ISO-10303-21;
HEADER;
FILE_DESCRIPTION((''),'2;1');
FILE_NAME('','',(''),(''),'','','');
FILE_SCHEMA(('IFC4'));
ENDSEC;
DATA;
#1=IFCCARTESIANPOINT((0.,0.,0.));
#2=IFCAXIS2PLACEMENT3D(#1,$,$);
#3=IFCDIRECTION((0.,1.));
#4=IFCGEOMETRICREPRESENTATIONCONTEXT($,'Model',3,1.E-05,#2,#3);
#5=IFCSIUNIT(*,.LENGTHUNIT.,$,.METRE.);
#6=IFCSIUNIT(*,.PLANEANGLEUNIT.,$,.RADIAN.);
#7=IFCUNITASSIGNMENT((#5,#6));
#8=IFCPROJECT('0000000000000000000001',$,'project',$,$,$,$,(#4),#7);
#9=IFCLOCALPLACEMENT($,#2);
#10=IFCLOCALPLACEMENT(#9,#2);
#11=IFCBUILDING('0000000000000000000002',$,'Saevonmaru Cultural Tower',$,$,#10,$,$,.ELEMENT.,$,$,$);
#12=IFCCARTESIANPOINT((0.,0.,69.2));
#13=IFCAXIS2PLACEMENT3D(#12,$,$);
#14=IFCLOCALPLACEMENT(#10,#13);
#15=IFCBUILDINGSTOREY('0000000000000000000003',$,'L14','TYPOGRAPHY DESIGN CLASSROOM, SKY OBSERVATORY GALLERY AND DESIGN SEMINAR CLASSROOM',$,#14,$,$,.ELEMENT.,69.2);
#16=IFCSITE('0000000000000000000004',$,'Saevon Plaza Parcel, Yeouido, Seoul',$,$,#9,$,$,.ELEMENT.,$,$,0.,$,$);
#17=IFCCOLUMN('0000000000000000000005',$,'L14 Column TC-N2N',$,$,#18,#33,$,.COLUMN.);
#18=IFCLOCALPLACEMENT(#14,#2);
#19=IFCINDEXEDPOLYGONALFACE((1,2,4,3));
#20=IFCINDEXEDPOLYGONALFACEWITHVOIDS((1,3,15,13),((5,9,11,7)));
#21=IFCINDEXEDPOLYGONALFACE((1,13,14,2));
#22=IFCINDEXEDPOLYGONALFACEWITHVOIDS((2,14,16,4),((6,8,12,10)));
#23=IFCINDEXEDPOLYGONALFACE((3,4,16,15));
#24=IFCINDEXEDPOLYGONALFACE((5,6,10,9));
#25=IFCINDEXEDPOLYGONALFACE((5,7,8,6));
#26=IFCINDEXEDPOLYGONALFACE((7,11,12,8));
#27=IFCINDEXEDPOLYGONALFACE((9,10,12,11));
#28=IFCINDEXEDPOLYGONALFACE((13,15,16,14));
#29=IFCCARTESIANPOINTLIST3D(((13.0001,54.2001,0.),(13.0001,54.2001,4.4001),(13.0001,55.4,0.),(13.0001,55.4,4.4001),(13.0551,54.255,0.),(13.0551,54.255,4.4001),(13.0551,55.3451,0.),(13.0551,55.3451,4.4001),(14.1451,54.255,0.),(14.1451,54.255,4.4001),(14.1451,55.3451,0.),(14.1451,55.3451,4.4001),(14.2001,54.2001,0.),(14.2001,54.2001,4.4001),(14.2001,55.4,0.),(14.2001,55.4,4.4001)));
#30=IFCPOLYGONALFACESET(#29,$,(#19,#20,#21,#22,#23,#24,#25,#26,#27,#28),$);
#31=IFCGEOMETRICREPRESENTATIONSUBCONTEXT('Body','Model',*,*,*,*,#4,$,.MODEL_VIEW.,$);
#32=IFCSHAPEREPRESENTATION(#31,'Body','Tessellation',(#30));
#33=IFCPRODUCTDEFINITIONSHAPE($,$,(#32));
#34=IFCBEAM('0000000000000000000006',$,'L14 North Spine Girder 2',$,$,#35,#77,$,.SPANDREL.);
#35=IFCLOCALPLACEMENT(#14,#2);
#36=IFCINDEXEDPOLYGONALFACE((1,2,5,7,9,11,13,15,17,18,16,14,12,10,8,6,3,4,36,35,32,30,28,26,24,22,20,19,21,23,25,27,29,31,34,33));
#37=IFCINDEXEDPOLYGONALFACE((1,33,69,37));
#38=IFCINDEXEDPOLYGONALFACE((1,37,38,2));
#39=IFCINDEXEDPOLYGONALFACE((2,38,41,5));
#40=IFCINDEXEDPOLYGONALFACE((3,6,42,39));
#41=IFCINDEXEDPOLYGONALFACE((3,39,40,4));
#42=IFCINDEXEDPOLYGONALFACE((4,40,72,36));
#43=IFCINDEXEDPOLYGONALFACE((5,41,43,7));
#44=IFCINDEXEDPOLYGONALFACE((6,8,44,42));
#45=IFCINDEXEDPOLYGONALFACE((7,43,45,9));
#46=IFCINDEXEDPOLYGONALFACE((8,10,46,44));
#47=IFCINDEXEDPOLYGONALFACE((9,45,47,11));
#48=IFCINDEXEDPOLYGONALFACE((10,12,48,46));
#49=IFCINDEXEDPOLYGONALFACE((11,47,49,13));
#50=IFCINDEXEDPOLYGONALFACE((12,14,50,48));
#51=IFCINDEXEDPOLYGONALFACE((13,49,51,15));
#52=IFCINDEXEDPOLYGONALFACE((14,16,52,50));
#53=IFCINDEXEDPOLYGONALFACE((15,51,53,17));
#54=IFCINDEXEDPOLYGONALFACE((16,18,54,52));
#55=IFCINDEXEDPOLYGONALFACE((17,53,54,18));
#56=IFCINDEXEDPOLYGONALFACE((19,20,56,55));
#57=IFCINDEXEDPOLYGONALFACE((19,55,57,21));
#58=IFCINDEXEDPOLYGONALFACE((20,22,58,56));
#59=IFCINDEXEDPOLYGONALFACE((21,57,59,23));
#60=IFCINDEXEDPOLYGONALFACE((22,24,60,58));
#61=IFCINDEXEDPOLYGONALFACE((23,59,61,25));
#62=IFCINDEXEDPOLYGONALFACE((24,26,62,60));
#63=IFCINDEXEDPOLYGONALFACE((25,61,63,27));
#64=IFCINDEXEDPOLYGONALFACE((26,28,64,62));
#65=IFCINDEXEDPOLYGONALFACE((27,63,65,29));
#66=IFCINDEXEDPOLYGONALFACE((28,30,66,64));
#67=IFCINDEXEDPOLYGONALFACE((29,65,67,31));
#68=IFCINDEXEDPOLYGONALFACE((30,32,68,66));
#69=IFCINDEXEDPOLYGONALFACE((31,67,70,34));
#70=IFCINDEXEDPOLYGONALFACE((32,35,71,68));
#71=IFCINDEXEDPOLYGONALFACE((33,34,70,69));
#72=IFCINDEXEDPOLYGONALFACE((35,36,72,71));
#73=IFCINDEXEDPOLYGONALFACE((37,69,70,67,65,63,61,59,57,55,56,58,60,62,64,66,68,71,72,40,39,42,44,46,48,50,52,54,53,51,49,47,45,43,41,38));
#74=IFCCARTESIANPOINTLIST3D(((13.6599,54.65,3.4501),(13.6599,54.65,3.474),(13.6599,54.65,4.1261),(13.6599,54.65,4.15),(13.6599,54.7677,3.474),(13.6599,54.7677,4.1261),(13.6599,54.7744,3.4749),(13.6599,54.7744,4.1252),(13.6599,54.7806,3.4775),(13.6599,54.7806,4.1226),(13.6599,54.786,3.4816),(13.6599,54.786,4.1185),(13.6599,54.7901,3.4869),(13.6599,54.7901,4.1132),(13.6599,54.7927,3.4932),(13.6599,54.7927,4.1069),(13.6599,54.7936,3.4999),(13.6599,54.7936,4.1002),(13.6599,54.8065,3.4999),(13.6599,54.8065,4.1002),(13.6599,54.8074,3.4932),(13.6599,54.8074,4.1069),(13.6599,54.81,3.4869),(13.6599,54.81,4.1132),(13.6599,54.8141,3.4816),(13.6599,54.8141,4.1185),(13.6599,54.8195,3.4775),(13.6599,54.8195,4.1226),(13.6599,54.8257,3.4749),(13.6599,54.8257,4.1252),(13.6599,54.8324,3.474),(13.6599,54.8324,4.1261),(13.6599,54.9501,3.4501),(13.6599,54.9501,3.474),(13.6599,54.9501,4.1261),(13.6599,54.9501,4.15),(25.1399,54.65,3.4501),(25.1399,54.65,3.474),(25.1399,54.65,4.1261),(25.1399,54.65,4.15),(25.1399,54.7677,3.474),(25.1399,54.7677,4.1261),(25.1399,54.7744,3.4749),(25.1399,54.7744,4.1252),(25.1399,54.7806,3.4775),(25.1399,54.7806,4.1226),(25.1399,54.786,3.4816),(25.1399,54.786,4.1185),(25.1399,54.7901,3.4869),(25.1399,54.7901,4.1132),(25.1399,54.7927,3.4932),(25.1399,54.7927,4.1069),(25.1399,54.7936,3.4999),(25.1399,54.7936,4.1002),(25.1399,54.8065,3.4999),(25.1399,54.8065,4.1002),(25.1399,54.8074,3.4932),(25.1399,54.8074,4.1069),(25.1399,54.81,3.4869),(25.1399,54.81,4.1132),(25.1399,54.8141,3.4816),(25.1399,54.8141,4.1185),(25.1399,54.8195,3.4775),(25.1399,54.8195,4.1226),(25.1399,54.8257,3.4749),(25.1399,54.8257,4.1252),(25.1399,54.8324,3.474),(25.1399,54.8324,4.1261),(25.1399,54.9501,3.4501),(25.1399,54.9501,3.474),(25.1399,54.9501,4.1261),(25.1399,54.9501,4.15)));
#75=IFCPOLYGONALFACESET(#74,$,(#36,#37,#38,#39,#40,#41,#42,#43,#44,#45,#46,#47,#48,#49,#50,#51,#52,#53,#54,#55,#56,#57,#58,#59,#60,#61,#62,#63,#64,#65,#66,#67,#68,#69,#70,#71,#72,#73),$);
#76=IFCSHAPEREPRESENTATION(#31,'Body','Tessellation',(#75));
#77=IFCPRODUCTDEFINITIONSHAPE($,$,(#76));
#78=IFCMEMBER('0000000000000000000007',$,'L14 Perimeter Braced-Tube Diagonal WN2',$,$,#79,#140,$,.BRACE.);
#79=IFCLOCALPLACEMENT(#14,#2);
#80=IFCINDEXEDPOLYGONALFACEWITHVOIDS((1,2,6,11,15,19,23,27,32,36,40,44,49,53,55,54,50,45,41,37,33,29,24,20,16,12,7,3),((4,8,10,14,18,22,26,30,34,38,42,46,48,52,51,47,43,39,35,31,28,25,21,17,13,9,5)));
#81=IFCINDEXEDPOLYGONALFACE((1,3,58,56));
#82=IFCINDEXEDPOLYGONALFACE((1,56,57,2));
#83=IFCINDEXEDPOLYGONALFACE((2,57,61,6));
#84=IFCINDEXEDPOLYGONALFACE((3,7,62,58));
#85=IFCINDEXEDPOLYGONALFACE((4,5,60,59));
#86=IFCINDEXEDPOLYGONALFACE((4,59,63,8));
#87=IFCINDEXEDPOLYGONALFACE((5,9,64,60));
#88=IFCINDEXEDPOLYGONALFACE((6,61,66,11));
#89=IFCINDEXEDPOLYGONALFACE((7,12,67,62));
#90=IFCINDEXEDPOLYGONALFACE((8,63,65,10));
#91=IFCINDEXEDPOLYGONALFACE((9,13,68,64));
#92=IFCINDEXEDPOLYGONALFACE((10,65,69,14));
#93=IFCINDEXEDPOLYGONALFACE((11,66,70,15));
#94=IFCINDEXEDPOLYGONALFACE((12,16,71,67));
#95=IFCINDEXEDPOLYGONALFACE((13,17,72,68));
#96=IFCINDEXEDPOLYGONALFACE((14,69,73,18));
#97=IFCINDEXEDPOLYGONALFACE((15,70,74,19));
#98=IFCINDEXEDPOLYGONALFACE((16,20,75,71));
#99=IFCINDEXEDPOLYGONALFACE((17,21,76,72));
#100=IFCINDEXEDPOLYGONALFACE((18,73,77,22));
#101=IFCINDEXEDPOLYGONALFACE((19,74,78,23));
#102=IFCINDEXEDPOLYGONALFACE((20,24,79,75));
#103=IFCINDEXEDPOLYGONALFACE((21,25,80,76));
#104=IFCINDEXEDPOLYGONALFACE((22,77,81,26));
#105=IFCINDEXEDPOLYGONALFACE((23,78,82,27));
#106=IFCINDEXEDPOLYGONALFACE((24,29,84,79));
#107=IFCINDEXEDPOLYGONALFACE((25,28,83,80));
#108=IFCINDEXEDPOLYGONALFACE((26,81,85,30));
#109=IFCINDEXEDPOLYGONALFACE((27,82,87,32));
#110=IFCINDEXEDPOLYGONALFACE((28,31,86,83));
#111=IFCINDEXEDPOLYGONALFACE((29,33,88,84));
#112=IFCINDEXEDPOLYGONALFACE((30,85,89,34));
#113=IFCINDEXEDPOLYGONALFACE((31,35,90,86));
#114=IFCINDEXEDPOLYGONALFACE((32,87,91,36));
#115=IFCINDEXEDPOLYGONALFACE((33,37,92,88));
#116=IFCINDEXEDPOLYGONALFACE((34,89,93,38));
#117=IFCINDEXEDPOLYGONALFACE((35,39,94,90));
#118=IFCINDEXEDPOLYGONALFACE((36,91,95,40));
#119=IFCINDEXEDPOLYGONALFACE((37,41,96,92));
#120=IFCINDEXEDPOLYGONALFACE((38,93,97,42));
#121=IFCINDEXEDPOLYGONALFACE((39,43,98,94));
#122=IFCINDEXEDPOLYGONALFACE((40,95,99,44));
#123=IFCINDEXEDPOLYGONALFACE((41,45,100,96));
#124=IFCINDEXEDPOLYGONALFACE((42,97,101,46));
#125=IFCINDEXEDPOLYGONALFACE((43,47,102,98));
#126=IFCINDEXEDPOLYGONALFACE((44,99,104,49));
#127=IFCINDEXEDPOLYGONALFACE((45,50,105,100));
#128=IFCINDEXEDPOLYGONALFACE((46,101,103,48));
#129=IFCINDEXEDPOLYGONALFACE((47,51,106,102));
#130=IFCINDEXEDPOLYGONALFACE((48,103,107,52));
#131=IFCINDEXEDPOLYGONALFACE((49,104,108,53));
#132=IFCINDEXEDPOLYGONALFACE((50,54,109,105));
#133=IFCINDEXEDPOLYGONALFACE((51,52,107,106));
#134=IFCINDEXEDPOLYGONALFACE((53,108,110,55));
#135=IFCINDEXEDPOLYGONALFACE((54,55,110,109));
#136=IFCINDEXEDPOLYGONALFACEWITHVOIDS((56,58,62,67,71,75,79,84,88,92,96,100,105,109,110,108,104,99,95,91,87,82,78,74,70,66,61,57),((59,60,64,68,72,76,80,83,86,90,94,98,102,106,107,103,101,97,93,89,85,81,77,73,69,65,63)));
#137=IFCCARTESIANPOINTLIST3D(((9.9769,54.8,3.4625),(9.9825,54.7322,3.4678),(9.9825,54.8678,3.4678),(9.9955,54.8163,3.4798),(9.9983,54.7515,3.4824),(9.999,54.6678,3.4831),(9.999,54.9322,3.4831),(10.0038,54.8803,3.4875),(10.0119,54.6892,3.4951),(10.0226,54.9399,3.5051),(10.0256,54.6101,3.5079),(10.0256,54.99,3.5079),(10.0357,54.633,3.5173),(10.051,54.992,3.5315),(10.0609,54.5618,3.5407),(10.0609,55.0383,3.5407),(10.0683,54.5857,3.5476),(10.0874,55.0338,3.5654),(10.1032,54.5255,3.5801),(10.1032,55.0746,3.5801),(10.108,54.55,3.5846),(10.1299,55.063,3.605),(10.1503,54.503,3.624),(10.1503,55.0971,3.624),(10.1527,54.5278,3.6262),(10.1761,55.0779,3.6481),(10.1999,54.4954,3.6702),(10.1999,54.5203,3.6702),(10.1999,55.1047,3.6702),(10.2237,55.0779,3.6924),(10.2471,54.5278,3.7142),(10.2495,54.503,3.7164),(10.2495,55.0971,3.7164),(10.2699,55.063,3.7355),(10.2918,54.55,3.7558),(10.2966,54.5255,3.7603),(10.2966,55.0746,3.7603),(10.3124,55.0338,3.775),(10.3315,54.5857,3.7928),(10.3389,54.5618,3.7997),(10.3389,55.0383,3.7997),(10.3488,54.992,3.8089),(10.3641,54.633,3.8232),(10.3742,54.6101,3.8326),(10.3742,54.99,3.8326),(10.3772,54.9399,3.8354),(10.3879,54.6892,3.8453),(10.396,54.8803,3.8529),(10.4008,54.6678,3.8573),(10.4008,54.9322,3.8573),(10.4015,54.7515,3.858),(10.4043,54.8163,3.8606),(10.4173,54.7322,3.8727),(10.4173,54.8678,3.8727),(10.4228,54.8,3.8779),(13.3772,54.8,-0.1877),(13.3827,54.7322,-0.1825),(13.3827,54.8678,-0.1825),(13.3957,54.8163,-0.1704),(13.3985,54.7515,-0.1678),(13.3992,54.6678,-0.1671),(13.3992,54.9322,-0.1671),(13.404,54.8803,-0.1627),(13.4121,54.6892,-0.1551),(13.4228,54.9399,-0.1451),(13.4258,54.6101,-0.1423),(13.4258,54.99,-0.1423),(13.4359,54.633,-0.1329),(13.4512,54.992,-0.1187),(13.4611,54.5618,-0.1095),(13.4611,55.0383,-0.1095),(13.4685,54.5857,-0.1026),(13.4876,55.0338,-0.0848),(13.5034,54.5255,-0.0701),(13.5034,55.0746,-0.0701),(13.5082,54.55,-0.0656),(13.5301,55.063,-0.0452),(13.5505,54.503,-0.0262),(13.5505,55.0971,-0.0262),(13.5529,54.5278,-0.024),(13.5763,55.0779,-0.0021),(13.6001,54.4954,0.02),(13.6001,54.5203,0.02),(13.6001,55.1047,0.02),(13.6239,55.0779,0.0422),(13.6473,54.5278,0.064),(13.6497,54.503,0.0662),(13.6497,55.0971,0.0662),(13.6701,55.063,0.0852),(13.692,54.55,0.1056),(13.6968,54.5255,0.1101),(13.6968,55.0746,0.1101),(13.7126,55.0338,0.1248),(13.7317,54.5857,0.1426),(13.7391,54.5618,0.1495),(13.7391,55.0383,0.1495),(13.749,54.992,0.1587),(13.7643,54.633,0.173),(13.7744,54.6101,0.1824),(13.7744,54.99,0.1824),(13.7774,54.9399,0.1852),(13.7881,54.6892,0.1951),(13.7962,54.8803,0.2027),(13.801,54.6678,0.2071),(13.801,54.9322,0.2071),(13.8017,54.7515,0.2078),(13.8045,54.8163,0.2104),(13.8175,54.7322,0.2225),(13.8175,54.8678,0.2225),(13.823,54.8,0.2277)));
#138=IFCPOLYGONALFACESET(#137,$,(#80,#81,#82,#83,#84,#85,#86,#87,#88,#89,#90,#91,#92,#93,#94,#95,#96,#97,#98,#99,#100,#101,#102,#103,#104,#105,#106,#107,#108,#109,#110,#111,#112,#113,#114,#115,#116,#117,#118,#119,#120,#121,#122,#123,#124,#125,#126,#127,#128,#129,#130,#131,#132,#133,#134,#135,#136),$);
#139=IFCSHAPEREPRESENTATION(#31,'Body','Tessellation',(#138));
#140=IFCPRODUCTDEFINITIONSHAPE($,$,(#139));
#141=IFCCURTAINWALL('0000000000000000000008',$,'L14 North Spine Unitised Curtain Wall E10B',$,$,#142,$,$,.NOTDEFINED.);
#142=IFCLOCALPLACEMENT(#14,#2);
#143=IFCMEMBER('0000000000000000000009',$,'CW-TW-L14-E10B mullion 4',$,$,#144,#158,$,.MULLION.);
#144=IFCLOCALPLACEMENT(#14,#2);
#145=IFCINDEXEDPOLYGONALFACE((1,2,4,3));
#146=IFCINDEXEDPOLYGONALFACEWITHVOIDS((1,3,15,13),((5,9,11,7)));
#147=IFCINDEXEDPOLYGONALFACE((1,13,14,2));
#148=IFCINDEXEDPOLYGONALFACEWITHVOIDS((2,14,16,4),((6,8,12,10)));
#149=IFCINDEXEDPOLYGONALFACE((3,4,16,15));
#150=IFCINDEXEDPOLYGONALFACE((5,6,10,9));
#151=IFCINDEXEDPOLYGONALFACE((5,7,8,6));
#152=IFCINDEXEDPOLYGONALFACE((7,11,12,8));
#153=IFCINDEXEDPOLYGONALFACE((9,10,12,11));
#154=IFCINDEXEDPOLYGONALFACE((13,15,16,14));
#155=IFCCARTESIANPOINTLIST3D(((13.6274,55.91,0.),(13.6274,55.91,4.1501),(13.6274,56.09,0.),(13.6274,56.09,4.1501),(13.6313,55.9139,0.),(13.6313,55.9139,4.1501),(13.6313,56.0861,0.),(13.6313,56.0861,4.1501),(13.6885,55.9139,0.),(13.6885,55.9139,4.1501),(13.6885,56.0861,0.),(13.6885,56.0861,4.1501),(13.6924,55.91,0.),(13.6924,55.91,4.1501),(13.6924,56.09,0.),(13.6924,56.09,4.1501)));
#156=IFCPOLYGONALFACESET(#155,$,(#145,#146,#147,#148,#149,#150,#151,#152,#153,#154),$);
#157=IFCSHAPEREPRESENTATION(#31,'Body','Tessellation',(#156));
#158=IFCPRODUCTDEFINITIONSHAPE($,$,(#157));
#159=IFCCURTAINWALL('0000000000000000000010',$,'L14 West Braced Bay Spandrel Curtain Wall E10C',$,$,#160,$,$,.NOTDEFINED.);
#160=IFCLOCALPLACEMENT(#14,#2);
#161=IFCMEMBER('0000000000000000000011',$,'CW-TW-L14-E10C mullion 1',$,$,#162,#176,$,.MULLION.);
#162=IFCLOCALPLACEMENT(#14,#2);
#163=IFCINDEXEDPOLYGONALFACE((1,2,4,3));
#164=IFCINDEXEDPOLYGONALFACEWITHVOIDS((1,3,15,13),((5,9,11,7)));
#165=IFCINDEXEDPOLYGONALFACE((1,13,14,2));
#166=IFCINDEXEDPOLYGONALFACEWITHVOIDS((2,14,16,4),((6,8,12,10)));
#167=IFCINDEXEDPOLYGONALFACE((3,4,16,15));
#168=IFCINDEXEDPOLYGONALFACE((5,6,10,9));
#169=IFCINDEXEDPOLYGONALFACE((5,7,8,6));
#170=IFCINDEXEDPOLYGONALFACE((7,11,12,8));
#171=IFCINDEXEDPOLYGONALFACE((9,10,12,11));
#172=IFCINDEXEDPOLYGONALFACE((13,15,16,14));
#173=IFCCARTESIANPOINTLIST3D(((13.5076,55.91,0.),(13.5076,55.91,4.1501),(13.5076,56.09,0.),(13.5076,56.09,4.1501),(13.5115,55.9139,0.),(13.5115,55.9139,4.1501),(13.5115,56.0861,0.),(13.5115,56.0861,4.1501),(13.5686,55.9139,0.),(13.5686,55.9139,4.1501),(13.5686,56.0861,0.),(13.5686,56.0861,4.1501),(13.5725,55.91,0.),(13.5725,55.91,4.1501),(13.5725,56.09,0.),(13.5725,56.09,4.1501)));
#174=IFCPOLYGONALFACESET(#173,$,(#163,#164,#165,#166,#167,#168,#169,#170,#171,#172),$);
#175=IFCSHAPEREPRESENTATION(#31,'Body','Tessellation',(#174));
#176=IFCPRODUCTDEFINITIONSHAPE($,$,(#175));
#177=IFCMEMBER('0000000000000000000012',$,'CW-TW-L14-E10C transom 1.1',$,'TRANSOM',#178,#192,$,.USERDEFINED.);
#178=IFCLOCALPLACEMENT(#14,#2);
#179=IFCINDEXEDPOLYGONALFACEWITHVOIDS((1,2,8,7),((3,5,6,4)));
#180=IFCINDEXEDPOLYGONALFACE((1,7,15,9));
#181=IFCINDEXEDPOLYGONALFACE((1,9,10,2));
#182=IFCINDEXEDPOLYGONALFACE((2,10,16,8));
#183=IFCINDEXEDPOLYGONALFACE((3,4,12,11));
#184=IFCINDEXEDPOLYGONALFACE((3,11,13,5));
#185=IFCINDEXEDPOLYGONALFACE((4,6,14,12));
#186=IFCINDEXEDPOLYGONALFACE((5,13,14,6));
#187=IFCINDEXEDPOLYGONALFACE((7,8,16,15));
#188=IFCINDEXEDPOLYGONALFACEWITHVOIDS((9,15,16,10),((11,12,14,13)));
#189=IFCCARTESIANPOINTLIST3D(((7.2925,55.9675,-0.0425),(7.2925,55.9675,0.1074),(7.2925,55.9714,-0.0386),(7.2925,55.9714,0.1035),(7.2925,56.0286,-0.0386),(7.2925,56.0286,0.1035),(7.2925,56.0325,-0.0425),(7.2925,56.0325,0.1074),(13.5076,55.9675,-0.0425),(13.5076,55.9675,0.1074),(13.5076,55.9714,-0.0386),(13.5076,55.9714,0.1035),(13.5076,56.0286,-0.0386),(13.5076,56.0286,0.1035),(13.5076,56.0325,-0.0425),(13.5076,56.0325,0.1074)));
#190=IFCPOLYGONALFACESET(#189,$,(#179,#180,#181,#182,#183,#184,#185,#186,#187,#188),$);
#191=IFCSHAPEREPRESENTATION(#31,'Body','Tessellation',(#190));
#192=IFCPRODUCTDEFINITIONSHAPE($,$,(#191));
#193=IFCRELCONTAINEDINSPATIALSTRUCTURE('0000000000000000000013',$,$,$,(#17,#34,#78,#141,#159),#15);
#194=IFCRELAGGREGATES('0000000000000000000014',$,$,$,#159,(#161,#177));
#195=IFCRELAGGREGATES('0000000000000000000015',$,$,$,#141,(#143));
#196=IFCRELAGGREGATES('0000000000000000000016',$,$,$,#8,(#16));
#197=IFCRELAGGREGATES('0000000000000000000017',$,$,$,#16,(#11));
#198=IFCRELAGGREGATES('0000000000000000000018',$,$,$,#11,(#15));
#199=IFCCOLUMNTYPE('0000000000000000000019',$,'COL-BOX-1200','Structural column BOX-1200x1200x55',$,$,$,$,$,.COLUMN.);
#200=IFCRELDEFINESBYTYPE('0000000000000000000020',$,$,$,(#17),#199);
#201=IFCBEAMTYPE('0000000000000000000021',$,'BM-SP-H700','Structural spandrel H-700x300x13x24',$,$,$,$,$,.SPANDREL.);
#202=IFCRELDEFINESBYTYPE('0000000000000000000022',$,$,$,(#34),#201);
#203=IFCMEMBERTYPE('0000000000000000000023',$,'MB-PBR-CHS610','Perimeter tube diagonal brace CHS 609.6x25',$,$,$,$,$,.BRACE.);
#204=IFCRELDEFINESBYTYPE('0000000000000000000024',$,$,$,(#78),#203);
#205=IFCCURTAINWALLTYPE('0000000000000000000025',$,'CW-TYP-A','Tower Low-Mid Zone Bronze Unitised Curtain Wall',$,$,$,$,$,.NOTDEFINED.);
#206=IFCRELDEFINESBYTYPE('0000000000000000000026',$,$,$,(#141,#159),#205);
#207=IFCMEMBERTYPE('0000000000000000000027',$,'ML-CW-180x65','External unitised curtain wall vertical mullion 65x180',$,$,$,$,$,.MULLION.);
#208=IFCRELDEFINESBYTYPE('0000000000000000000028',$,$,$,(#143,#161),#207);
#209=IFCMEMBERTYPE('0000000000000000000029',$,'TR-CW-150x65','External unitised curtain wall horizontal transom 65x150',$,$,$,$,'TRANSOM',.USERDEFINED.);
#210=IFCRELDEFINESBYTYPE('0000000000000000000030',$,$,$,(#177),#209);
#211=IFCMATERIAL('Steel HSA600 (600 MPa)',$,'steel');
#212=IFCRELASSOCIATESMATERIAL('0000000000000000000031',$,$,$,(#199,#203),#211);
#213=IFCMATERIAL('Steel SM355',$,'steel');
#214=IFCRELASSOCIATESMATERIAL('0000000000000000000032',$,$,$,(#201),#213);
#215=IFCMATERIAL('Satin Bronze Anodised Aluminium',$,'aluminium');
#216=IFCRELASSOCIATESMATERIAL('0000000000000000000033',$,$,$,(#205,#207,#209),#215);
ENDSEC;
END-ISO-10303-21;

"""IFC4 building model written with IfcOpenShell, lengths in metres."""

from ifc_helpers import new_model, si_unit, direction, frame, origin, origin_2d, place, context, subcontext, project, spatial, hollow_rectangle, hollow_circle, i_section, extrude, material, material_profile, profile_set, type_object, element, aggregate, save


model = new_model("IFC4")

# Units and contexts
model_context = context("Model", 3, precision=1e-05, world=origin(), true_north=direction((0.0, 1.0)))
body_context = subcontext(model_context, "Body", "Model", "MODEL_VIEW")
ifc_project = project(units=[si_unit("LENGTHUNIT", "METRE"), si_unit("PLANEANGLEUNIT", "RADIAN")], contexts=[model_context])

# Site, building, storey
site_placement = place(None, origin())
site = spatial("IfcSite", under=ifc_project, at=site_placement, Name="Saevon Plaza Parcel, Yeouido, Seoul", CompositionType="ELEMENT", RefElevation=0.0)
building_placement = place(site_placement, origin())
building = spatial("IfcBuilding", under=site, at=building_placement, Name="Saevonmaru Cultural Tower", CompositionType="ELEMENT")
storey_placement = place(building_placement, frame((0.0, 0.0, 69.2)))
storey = spatial("IfcBuildingStorey", under=building, at=storey_placement, Name="L14", Description="TYPOGRAPHY DESIGN CLASSROOM, SKY OBSERVATORY GALLERY AND DESIGN SEMINAR CLASSROOM", CompositionType="ELEMENT", Elevation=69.2)

# Column
ifc_material_1 = material(Name="Steel HSA600 (600 MPa)", Category="steel")
ifc_material_profile_1 = material_profile(ifc_material_1, hollow_rectangle(XDim=1.2, YDim=1.2, WallThickness=0.0549, at=origin_2d()), Name="BOX-1200x1200x55")
ifc_profile_set_1 = profile_set([ifc_material_profile_1], Name="Steel HSA600 (600 MPa)")
column_type = type_object("IfcColumnType", Name="COL-BOX-1200", Description="Structural column BOX-1200x1200x55", PredefinedType="COLUMN", material=ifc_profile_set_1)
column_placement = place(storey_placement, frame((13.6001, 54.8, 0.0), z_axis=(0.0, 0.0, 1.0), x_axis=(1.0, 0.0, 0.0)))
element("IfcColumn", 1, at=column_placement, inside=storey, type_object=column_type, Name="L14 Column TC-N2N", PredefinedType="COLUMN", context=body_context, shape_type="SweptSolid", body=[
    extrude(hollow_rectangle(XDim=1.2, YDim=1.2, WallThickness=0.0549, at=origin_2d()), origin(), (0.0, 0.0, 1.0), 4.4001),
])

# Beam
ifc_material_2 = material(Name="Steel SM355", Category="steel")
ifc_material_profile_2 = material_profile(ifc_material_2, i_section(OverallWidth=0.3, OverallDepth=0.7, WebThickness=0.0129, FlangeThickness=0.0239, FilletRadius=0.0259, at=origin_2d()), Name="H-700x300x13x24")
ifc_profile_set_2 = profile_set([ifc_material_profile_2], Name="Steel SM355")
beam_type = type_object("IfcBeamType", Name="BM-SP-H700", Description="Structural spandrel H-700x300x13x24", PredefinedType="SPANDREL", material=ifc_profile_set_2)
beam_placement = place(storey_placement, frame((13.6599, 54.8, 3.8), z_axis=(1.0, 0.0, 0.0), x_axis=(0.0, 1.0, 0.0)))
element("IfcBeam", 2, at=beam_placement, inside=storey, type_object=beam_type, Name="L14 North Spine Girder 2", PredefinedType="SPANDREL", context=body_context, shape_type="SweptSolid", body=[
    extrude(i_section(OverallWidth=0.3, OverallDepth=0.7, WebThickness=0.0129, FlangeThickness=0.0239, FilletRadius=0.0259, at=origin_2d()), origin(), (0.0, 0.0, 1.0), 11.48),
])

# Member
ifc_material_profile_3 = material_profile(ifc_material_1, hollow_circle(Radius=0.3047, WallThickness=0.0249, at=origin_2d()), Name="CHS-609.6x25")
ifc_profile_set_3 = profile_set([ifc_material_profile_3], Name="Steel HSA600 (600 MPa)")
member_type_1 = type_object("IfcMemberType", Name="MB-PBR-CHS610", Description="Perimeter tube diagonal brace CHS 609.6x25", PredefinedType="BRACE", material=ifc_profile_set_3)
member_1_placement = place(storey_placement, frame((13.6001, 54.8, 0.02), z_axis=(-0.681605, 0.0, 0.731721), x_axis=(0.0, -1.0, 0.0)))
element("IfcMember", 3, at=member_1_placement, inside=storey, type_object=member_type_1, Name="L14 Perimeter Braced-Tube Diagonal WN2", PredefinedType="BRACE", context=body_context, shape_type="SweptSolid", body=[
    extrude(hollow_circle(Radius=0.3047, WallThickness=0.0249, at=origin_2d()), origin(), (0.0, 0.0, 1.0), 4.9885),
])

# Curtain wall, member
ifc_material_3 = material(Name="Satin Bronze Anodised Aluminium", Category="aluminium")
curtain_wall_type = type_object("IfcCurtainWallType", Name="CW-TYP-A", Description="Tower Low-Mid Zone Bronze Unitised Curtain Wall", PredefinedType="NOTDEFINED", material=ifc_material_3)
curtain_wall_1_placement = place(storey_placement, origin())
curtain_wall_1 = element("IfcCurtainWall", 4, at=curtain_wall_1_placement, inside=storey, type_object=curtain_wall_type, Name="L14 North Spine Unitised Curtain Wall E10B", PredefinedType="NOTDEFINED")
ifc_material_profile_4 = material_profile(ifc_material_3, hollow_rectangle(XDim=0.0649, YDim=0.1799, WallThickness=0.0039, at=origin_2d()), Name="ALU-MULL-180x65x4")
ifc_profile_set_4 = profile_set([ifc_material_profile_4], Name="Satin Bronze Anodised Aluminium")
member_type_2 = type_object("IfcMemberType", Name="ML-CW-180x65", Description="External unitised curtain wall vertical mullion 65x180", PredefinedType="MULLION", material=ifc_profile_set_4)
member_2_placement = place(storey_placement, frame((13.6599, 56.0, 0.0), z_axis=(0.0, 0.0, 1.0), x_axis=(-1.0, 0.0, 0.0)))
member_2 = element("IfcMember", 5, at=member_2_placement, type_object=member_type_2, Name="CW-TW-L14-E10B mullion 4", PredefinedType="MULLION", context=body_context, shape_type="SweptSolid", body=[
    extrude(hollow_rectangle(XDim=0.0649, YDim=0.1799, WallThickness=0.0039, at=origin_2d()), origin(), (0.0, 0.0, 1.0), 4.1501),
])

# Curtain wall, members
curtain_wall_2_placement = place(storey_placement, origin())
curtain_wall_2 = element("IfcCurtainWall", 6, at=curtain_wall_2_placement, inside=storey, type_object=curtain_wall_type, Name="L14 West Braced Bay Spandrel Curtain Wall E10C", PredefinedType="NOTDEFINED")
member_3_placement = place(storey_placement, frame((13.54, 56.0, 0.0), z_axis=(0.0, 0.0, 1.0), x_axis=(-1.0, 0.0, 0.0)))
member_3 = element("IfcMember", 7, at=member_3_placement, type_object=member_type_2, Name="CW-TW-L14-E10C mullion 1", PredefinedType="MULLION", context=body_context, shape_type="SweptSolid", body=[
    extrude(hollow_rectangle(XDim=0.0649, YDim=0.1799, WallThickness=0.0039, at=origin_2d()), origin(), (0.0, 0.0, 1.0), 4.1501),
])
ifc_material_profile_5 = material_profile(ifc_material_3, hollow_rectangle(XDim=0.0649, YDim=0.1499, WallThickness=0.0039, at=origin_2d()), Name="ALU-TRAN-150x65x4")
ifc_profile_set_5 = profile_set([ifc_material_profile_5], Name="Satin Bronze Anodised Aluminium")
member_type_3 = type_object("IfcMemberType", Name="TR-CW-150x65", Description="External unitised curtain wall horizontal transom 65x150", ElementType="TRANSOM", PredefinedType="USERDEFINED", material=ifc_profile_set_5)
member_4_placement = place(storey_placement, frame((13.5076, 56.0, 0.0325), z_axis=(-1.0, 0.0, 0.0), x_axis=(0.0, -1.0, 0.0)))
member_4 = element("IfcMember", 8, at=member_4_placement, type_object=member_type_3, Name="CW-TW-L14-E10C transom 1.1", ObjectType="TRANSOM", PredefinedType="USERDEFINED", context=body_context, shape_type="SweptSolid", body=[
    extrude(hollow_rectangle(XDim=0.0649, YDim=0.1499, WallThickness=0.0039, at=origin_2d()), origin(), (0.0, 0.0, 1.0), 6.2151),
])
aggregate(curtain_wall_2, [member_3, member_4])

aggregate(curtain_wall_1, [member_2])

save(model, "model.ifc")
